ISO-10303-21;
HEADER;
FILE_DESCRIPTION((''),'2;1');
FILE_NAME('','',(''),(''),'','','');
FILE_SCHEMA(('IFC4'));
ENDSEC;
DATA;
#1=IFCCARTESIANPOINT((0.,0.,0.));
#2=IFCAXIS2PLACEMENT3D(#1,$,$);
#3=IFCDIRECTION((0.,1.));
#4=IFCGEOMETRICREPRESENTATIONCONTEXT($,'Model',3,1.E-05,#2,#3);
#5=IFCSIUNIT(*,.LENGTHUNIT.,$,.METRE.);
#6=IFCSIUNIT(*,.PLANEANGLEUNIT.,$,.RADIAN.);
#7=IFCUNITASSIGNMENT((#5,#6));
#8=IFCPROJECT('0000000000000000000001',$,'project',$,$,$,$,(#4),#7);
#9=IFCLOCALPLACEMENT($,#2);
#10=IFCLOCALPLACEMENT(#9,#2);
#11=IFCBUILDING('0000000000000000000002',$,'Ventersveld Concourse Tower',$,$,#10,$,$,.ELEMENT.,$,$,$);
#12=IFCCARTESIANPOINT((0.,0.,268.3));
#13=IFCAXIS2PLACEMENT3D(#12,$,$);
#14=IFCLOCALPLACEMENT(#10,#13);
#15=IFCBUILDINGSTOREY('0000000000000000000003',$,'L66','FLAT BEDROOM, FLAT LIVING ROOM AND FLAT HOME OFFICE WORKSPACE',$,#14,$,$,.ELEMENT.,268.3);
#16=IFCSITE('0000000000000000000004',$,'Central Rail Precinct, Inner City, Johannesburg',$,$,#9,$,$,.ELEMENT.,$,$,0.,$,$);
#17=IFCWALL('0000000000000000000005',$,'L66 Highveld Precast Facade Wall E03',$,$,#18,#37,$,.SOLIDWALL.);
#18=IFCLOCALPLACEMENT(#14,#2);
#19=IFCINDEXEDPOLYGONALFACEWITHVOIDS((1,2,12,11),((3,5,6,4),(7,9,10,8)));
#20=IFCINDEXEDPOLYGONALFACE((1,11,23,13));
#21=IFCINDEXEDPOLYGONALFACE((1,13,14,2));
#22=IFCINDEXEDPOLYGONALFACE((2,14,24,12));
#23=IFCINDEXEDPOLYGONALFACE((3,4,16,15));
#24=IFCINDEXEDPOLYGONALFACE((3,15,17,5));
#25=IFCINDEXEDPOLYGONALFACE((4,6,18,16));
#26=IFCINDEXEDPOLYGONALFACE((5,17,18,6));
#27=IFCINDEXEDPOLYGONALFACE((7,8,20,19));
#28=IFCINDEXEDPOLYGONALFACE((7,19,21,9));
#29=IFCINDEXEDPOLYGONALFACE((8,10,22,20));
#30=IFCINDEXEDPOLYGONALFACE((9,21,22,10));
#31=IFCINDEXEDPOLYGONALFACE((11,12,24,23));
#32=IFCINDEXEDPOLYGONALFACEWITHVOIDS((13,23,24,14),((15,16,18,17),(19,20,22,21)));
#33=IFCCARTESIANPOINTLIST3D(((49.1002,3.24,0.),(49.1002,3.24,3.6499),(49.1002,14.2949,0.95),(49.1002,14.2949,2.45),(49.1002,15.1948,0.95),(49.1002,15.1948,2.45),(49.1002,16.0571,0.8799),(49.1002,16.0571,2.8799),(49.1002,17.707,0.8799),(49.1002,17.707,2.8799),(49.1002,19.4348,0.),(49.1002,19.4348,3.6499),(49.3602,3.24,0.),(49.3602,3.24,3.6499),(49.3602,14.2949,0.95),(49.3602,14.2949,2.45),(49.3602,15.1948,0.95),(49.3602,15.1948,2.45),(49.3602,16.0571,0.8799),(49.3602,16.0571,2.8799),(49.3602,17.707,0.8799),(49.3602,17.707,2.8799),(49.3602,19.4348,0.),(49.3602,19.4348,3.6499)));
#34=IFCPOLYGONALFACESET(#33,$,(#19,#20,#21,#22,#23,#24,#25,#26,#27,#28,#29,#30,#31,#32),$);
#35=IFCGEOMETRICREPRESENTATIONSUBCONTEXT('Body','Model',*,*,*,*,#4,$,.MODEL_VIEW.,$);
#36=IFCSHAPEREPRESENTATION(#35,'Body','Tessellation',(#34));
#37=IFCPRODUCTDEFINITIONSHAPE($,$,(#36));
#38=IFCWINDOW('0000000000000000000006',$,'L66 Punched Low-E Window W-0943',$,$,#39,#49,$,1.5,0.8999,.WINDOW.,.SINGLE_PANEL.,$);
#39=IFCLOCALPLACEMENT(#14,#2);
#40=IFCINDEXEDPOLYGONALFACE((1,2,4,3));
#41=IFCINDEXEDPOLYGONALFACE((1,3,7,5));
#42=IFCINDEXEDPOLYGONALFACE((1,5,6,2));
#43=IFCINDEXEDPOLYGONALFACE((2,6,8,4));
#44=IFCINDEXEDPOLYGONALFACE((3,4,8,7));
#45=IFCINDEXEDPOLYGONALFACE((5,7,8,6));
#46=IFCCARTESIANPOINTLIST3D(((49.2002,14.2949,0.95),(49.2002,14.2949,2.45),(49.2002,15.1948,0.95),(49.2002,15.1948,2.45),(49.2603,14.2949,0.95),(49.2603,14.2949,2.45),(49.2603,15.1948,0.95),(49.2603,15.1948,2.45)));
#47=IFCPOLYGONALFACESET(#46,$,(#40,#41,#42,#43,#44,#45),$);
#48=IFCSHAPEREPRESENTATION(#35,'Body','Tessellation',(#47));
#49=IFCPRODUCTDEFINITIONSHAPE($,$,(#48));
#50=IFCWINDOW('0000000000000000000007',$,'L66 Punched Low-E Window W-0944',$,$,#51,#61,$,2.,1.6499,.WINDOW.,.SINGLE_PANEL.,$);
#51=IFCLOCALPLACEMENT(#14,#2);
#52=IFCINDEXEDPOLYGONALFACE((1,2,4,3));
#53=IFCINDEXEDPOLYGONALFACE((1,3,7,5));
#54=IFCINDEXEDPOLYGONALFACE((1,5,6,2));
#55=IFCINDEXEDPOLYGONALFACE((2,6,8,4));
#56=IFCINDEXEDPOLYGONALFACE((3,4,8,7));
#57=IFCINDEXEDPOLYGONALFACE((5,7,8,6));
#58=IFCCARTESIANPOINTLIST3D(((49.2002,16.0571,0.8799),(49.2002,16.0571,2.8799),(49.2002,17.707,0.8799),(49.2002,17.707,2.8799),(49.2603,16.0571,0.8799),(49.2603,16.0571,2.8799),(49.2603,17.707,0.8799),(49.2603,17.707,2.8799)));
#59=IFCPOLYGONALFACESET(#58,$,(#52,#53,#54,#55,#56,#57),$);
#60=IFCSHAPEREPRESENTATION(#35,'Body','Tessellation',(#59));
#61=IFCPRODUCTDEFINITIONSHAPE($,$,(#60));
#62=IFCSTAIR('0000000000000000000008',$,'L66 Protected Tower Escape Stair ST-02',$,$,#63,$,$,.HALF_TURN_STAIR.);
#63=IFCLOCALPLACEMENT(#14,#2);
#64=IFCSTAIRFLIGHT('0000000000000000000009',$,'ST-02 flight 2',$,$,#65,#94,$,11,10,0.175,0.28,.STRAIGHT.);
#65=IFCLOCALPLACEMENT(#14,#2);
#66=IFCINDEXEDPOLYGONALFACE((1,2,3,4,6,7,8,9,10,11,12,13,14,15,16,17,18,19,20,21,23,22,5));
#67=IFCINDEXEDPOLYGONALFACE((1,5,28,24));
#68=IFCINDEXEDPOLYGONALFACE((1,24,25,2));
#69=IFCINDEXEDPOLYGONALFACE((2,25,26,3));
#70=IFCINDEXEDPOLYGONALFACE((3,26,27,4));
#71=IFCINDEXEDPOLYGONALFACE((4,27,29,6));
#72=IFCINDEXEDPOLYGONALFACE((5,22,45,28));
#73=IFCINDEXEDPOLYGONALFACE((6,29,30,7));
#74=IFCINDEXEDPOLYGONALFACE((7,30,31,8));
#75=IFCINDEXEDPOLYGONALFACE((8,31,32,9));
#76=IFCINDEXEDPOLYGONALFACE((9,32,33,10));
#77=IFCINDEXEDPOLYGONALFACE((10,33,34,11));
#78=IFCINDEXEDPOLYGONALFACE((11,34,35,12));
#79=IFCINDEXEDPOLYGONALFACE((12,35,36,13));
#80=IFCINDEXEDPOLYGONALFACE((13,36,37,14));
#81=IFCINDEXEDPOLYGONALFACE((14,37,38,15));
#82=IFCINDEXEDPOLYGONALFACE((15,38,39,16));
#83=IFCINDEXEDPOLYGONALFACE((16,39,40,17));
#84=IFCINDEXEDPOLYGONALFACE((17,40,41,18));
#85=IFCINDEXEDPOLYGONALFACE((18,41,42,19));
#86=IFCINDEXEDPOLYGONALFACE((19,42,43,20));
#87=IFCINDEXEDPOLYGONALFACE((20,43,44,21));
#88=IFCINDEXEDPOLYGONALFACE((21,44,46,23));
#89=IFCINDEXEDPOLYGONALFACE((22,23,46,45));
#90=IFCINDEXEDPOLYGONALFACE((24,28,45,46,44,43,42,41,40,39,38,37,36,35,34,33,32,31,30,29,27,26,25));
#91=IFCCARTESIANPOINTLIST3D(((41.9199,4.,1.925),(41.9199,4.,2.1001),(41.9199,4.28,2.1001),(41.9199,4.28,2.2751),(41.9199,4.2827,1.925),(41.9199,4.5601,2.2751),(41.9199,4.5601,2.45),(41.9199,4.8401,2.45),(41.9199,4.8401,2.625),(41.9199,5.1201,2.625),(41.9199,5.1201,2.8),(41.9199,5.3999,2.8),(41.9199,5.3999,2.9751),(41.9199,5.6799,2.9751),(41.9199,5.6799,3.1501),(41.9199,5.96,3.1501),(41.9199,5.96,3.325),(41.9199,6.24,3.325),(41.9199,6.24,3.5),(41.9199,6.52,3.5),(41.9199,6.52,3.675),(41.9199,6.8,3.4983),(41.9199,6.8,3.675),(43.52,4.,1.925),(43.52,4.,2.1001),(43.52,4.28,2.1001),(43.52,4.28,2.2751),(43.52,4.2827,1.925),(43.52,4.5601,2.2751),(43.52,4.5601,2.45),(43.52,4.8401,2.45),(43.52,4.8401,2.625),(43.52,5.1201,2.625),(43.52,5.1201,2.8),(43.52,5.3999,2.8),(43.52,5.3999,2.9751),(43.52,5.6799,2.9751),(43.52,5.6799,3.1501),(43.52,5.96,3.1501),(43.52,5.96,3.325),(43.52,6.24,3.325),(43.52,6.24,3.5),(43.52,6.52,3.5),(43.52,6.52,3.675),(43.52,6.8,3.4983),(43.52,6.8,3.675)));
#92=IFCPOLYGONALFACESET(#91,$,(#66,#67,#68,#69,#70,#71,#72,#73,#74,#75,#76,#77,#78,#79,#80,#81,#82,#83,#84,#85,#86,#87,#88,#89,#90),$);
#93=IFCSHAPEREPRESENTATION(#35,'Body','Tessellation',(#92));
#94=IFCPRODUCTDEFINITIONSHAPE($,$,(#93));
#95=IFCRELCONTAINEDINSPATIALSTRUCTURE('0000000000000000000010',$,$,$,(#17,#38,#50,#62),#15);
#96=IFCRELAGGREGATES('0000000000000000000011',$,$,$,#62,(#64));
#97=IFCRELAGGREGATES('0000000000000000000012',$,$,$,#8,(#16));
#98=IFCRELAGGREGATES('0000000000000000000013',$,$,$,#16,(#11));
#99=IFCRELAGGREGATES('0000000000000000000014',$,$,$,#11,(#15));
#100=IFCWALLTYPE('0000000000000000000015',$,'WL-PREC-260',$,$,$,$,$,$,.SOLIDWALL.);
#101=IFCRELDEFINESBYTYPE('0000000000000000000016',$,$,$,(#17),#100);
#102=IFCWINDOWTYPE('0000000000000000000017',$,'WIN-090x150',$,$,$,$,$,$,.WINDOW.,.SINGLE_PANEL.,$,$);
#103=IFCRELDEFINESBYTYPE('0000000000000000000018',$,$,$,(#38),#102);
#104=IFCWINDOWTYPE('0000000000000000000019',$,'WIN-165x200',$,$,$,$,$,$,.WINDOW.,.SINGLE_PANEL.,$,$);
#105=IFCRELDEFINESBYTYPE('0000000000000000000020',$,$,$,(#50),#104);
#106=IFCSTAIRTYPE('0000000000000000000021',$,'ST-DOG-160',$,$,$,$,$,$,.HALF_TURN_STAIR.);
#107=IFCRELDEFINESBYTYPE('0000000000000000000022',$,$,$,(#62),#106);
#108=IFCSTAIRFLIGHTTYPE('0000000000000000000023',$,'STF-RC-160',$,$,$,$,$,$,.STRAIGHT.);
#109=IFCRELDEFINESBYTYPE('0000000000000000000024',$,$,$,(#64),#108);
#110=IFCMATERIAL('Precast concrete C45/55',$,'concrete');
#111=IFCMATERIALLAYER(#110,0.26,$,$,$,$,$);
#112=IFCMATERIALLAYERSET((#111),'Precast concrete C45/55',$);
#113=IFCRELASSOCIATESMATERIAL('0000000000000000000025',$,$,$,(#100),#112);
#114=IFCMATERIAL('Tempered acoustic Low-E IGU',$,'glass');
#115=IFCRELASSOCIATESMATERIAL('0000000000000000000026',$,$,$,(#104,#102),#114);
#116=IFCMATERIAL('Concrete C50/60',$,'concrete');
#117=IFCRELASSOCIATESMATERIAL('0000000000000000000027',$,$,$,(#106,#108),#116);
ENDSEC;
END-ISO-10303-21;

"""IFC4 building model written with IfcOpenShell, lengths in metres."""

from ifc_helpers import new_model, si_unit, direction, frame, frame_2d, origin, place, context, subcontext, project, spatial, polyline, rectangle, outline, extrude, material, layer, layer_set, type_object, element, fill, aggregate, save


model = new_model("IFC4")

# Units and contexts
model_context = context("Model", 3, precision=1e-05, world=origin(), true_north=direction((0.0, 1.0)))
body_context = subcontext(model_context, "Body", "Model", "MODEL_VIEW")
ifc_project = project(units=[si_unit("LENGTHUNIT", "METRE"), si_unit("PLANEANGLEUNIT", "RADIAN")], contexts=[model_context])

# Site, building, storey
site_placement = place(None, origin())
site = spatial("IfcSite", under=ifc_project, at=site_placement, Name="Central Rail Precinct, Inner City, Johannesburg", CompositionType="ELEMENT", RefElevation=0.0)
building_placement = place(site_placement, origin())
building = spatial("IfcBuilding", under=site, at=building_placement, Name="Ventersveld Concourse Tower", CompositionType="ELEMENT")
storey_placement = place(building_placement, frame((0.0, 0.0, 268.3)))
storey = spatial("IfcBuildingStorey", under=building, at=storey_placement, Name="L66", Description="FLAT BEDROOM, FLAT LIVING ROOM AND FLAT HOME OFFICE WORKSPACE", CompositionType="ELEMENT", Elevation=268.3)

# Shared definitions
ifc_material_1 = material(Name="Concrete C50/60", Category="concrete")

# Shared definitions
ifc_material_2 = material(Name="Precast concrete C45/55", Category="concrete")
ifc_layer_1 = layer(ifc_material_2, 0.26)
ifc_layer_set_1 = layer_set([ifc_layer_1], Name="Precast concrete C45/55")
wall_type_1 = type_object("IfcWallType", Name="WL-PREC-260", PredefinedType="SOLIDWALL", material=ifc_layer_set_1)

# Shared definitions
ifc_material_3 = material(Name="Tempered acoustic Low-E IGU", Category="glass")
window_type_1 = type_object("IfcWindowType", Name="WIN-165x200", PartitioningType="SINGLE_PANEL", PredefinedType="WINDOW", material=ifc_material_3)

# Wall, openings, windows
wall_1_placement = place(storey_placement, frame((49.2302, 3.24, 0.0), z_axis=(0.0, 0.0, 1.0), x_axis=(0.0, 1.0, 0.0)))
wall_1 = element("IfcWall", 1, at=wall_1_placement, inside=storey, type_object=wall_type_1, Name="L66 Highveld Precast Facade Wall E03", PredefinedType="SOLIDWALL", context=body_context, shape_type="SweptSolid", body=[
    extrude(rectangle(XDim=16.1948, YDim=0.26, at=frame_2d((8.0974, 0.0))), origin(), (0.0, 0.0, 1.0), 3.6499),
])
opening_1_placement = place(wall_1_placement, frame((11.0549, 0.0, 0.95)))
opening_1 = element("IfcOpeningElement", 2, at=opening_1_placement, cuts=wall_1, PredefinedType="OPENING", context=body_context, shape_type="SweptSolid", body=[
    extrude(rectangle(XDim=0.8999, YDim=1.5, at=frame_2d((0.45, 0.75))), frame((0.0, 0.1401, 0.0), z_axis=(0.0, -1.0, 0.0), x_axis=(1.0, 0.0, 0.0)), (0.0, 0.0, 1.0), 0.28),
])
opening_2_placement = place(wall_1_placement, frame((12.8171, 0.0, 0.8799)))
opening_2 = element("IfcOpeningElement", 3, at=opening_2_placement, cuts=wall_1, PredefinedType="OPENING", context=body_context, shape_type="SweptSolid", body=[
    extrude(rectangle(XDim=1.6499, YDim=2.0, at=frame_2d((0.825, 1.0))), frame((0.0, 0.1401, 0.0), z_axis=(0.0, -1.0, 0.0), x_axis=(1.0, 0.0, 0.0)), (0.0, 0.0, 1.0), 0.28),
])
window_type_2 = type_object("IfcWindowType", Name="WIN-090x150", PartitioningType="SINGLE_PANEL", PredefinedType="WINDOW", material=ifc_material_3)
window_1_placement = place(opening_1_placement, origin())
window_1 = element("IfcWindow", 4, at=window_1_placement, inside=storey, type_object=window_type_2, Name="L66 Punched Low-E Window W-0943", OverallHeight=1.5, OverallWidth=0.8999, PartitioningType="SINGLE_PANEL", PredefinedType="WINDOW", context=body_context, shape_type="SweptSolid", body=[
    extrude(rectangle(XDim=0.8999, YDim=1.5, at=frame_2d((0.45, 0.75))), frame((0.0, 0.03, 0.0), z_axis=(0.0, -1.0, 0.0), x_axis=(1.0, 0.0, 0.0)), (0.0, 0.0, 1.0), 0.0601),
])
fill(opening_1, window_1)
window_2_placement = place(opening_2_placement, origin())
window_2 = element("IfcWindow", 5, at=window_2_placement, inside=storey, type_object=window_type_1, Name="L66 Punched Low-E Window W-0944", OverallHeight=2.0, OverallWidth=1.6499, PartitioningType="SINGLE_PANEL", PredefinedType="WINDOW", context=body_context, shape_type="SweptSolid", body=[
    extrude(rectangle(XDim=1.6499, YDim=2.0, at=frame_2d((0.825, 1.0))), frame((0.0, 0.03, 0.0), z_axis=(0.0, -1.0, 0.0), x_axis=(1.0, 0.0, 0.0)), (0.0, 0.0, 1.0), 0.0601),
])
fill(opening_2, window_2)

# Stair, stair flight
stair_type = type_object("IfcStairType", Name="ST-DOG-160", PredefinedType="HALF_TURN_STAIR", material=ifc_material_1)
stair_placement = place(storey_placement, origin())
stair = element("IfcStair", 6, at=stair_placement, inside=storey, type_object=stair_type, Name="L66 Protected Tower Escape Stair ST-02", PredefinedType="HALF_TURN_STAIR")
stair_flight_type = type_object("IfcStairFlightType", Name="STF-RC-160", PredefinedType="STRAIGHT", material=ifc_material_1)
stair_flight_placement = place(storey_placement, frame((42.72, 4.0, 1.925), z_axis=(0.0, 0.0, 1.0), x_axis=(0.0, 1.0, 0.0)))
stair_flight = element("IfcStairFlight", 7, at=stair_flight_placement, type_object=stair_flight_type, Name="ST-02 flight 2", NumberOfRisers=11, NumberOfTreads=10, PredefinedType="STRAIGHT", RiserHeight=0.175, TreadLength=0.28, context=body_context, shape_type="SweptSolid", body=[
    extrude(outline(polyline([(0.0, 0.0), (0.0, 0.175), (0.28, 0.175), (0.28, 0.3501), (0.5601, 0.3501), (0.5601, 0.5249), (0.8401, 0.5249), (0.8401, 0.7), (1.1201, 0.7), (1.1201, 0.875), (1.3999, 0.875), (1.3999, 1.05), (1.6799, 1.05), (1.6799, 1.2251), (1.96, 1.2251), (1.96, 1.3999), (2.24, 1.3999), (2.24, 1.575), (2.52, 1.575), (2.52, 1.75), (2.8, 1.75), (2.8, 1.925), (2.8, 1.5732), (0.2827, 0.0), (0.0, 0.0)])), frame((0.0, 0.8, 0.0), z_axis=(0.0, -1.0, 0.0), x_axis=(1.0, 0.0, 0.0)), (0.0, 0.0, 1.0), 1.6001),
])
aggregate(stair, [stair_flight])

save(model, "model.ifc")
